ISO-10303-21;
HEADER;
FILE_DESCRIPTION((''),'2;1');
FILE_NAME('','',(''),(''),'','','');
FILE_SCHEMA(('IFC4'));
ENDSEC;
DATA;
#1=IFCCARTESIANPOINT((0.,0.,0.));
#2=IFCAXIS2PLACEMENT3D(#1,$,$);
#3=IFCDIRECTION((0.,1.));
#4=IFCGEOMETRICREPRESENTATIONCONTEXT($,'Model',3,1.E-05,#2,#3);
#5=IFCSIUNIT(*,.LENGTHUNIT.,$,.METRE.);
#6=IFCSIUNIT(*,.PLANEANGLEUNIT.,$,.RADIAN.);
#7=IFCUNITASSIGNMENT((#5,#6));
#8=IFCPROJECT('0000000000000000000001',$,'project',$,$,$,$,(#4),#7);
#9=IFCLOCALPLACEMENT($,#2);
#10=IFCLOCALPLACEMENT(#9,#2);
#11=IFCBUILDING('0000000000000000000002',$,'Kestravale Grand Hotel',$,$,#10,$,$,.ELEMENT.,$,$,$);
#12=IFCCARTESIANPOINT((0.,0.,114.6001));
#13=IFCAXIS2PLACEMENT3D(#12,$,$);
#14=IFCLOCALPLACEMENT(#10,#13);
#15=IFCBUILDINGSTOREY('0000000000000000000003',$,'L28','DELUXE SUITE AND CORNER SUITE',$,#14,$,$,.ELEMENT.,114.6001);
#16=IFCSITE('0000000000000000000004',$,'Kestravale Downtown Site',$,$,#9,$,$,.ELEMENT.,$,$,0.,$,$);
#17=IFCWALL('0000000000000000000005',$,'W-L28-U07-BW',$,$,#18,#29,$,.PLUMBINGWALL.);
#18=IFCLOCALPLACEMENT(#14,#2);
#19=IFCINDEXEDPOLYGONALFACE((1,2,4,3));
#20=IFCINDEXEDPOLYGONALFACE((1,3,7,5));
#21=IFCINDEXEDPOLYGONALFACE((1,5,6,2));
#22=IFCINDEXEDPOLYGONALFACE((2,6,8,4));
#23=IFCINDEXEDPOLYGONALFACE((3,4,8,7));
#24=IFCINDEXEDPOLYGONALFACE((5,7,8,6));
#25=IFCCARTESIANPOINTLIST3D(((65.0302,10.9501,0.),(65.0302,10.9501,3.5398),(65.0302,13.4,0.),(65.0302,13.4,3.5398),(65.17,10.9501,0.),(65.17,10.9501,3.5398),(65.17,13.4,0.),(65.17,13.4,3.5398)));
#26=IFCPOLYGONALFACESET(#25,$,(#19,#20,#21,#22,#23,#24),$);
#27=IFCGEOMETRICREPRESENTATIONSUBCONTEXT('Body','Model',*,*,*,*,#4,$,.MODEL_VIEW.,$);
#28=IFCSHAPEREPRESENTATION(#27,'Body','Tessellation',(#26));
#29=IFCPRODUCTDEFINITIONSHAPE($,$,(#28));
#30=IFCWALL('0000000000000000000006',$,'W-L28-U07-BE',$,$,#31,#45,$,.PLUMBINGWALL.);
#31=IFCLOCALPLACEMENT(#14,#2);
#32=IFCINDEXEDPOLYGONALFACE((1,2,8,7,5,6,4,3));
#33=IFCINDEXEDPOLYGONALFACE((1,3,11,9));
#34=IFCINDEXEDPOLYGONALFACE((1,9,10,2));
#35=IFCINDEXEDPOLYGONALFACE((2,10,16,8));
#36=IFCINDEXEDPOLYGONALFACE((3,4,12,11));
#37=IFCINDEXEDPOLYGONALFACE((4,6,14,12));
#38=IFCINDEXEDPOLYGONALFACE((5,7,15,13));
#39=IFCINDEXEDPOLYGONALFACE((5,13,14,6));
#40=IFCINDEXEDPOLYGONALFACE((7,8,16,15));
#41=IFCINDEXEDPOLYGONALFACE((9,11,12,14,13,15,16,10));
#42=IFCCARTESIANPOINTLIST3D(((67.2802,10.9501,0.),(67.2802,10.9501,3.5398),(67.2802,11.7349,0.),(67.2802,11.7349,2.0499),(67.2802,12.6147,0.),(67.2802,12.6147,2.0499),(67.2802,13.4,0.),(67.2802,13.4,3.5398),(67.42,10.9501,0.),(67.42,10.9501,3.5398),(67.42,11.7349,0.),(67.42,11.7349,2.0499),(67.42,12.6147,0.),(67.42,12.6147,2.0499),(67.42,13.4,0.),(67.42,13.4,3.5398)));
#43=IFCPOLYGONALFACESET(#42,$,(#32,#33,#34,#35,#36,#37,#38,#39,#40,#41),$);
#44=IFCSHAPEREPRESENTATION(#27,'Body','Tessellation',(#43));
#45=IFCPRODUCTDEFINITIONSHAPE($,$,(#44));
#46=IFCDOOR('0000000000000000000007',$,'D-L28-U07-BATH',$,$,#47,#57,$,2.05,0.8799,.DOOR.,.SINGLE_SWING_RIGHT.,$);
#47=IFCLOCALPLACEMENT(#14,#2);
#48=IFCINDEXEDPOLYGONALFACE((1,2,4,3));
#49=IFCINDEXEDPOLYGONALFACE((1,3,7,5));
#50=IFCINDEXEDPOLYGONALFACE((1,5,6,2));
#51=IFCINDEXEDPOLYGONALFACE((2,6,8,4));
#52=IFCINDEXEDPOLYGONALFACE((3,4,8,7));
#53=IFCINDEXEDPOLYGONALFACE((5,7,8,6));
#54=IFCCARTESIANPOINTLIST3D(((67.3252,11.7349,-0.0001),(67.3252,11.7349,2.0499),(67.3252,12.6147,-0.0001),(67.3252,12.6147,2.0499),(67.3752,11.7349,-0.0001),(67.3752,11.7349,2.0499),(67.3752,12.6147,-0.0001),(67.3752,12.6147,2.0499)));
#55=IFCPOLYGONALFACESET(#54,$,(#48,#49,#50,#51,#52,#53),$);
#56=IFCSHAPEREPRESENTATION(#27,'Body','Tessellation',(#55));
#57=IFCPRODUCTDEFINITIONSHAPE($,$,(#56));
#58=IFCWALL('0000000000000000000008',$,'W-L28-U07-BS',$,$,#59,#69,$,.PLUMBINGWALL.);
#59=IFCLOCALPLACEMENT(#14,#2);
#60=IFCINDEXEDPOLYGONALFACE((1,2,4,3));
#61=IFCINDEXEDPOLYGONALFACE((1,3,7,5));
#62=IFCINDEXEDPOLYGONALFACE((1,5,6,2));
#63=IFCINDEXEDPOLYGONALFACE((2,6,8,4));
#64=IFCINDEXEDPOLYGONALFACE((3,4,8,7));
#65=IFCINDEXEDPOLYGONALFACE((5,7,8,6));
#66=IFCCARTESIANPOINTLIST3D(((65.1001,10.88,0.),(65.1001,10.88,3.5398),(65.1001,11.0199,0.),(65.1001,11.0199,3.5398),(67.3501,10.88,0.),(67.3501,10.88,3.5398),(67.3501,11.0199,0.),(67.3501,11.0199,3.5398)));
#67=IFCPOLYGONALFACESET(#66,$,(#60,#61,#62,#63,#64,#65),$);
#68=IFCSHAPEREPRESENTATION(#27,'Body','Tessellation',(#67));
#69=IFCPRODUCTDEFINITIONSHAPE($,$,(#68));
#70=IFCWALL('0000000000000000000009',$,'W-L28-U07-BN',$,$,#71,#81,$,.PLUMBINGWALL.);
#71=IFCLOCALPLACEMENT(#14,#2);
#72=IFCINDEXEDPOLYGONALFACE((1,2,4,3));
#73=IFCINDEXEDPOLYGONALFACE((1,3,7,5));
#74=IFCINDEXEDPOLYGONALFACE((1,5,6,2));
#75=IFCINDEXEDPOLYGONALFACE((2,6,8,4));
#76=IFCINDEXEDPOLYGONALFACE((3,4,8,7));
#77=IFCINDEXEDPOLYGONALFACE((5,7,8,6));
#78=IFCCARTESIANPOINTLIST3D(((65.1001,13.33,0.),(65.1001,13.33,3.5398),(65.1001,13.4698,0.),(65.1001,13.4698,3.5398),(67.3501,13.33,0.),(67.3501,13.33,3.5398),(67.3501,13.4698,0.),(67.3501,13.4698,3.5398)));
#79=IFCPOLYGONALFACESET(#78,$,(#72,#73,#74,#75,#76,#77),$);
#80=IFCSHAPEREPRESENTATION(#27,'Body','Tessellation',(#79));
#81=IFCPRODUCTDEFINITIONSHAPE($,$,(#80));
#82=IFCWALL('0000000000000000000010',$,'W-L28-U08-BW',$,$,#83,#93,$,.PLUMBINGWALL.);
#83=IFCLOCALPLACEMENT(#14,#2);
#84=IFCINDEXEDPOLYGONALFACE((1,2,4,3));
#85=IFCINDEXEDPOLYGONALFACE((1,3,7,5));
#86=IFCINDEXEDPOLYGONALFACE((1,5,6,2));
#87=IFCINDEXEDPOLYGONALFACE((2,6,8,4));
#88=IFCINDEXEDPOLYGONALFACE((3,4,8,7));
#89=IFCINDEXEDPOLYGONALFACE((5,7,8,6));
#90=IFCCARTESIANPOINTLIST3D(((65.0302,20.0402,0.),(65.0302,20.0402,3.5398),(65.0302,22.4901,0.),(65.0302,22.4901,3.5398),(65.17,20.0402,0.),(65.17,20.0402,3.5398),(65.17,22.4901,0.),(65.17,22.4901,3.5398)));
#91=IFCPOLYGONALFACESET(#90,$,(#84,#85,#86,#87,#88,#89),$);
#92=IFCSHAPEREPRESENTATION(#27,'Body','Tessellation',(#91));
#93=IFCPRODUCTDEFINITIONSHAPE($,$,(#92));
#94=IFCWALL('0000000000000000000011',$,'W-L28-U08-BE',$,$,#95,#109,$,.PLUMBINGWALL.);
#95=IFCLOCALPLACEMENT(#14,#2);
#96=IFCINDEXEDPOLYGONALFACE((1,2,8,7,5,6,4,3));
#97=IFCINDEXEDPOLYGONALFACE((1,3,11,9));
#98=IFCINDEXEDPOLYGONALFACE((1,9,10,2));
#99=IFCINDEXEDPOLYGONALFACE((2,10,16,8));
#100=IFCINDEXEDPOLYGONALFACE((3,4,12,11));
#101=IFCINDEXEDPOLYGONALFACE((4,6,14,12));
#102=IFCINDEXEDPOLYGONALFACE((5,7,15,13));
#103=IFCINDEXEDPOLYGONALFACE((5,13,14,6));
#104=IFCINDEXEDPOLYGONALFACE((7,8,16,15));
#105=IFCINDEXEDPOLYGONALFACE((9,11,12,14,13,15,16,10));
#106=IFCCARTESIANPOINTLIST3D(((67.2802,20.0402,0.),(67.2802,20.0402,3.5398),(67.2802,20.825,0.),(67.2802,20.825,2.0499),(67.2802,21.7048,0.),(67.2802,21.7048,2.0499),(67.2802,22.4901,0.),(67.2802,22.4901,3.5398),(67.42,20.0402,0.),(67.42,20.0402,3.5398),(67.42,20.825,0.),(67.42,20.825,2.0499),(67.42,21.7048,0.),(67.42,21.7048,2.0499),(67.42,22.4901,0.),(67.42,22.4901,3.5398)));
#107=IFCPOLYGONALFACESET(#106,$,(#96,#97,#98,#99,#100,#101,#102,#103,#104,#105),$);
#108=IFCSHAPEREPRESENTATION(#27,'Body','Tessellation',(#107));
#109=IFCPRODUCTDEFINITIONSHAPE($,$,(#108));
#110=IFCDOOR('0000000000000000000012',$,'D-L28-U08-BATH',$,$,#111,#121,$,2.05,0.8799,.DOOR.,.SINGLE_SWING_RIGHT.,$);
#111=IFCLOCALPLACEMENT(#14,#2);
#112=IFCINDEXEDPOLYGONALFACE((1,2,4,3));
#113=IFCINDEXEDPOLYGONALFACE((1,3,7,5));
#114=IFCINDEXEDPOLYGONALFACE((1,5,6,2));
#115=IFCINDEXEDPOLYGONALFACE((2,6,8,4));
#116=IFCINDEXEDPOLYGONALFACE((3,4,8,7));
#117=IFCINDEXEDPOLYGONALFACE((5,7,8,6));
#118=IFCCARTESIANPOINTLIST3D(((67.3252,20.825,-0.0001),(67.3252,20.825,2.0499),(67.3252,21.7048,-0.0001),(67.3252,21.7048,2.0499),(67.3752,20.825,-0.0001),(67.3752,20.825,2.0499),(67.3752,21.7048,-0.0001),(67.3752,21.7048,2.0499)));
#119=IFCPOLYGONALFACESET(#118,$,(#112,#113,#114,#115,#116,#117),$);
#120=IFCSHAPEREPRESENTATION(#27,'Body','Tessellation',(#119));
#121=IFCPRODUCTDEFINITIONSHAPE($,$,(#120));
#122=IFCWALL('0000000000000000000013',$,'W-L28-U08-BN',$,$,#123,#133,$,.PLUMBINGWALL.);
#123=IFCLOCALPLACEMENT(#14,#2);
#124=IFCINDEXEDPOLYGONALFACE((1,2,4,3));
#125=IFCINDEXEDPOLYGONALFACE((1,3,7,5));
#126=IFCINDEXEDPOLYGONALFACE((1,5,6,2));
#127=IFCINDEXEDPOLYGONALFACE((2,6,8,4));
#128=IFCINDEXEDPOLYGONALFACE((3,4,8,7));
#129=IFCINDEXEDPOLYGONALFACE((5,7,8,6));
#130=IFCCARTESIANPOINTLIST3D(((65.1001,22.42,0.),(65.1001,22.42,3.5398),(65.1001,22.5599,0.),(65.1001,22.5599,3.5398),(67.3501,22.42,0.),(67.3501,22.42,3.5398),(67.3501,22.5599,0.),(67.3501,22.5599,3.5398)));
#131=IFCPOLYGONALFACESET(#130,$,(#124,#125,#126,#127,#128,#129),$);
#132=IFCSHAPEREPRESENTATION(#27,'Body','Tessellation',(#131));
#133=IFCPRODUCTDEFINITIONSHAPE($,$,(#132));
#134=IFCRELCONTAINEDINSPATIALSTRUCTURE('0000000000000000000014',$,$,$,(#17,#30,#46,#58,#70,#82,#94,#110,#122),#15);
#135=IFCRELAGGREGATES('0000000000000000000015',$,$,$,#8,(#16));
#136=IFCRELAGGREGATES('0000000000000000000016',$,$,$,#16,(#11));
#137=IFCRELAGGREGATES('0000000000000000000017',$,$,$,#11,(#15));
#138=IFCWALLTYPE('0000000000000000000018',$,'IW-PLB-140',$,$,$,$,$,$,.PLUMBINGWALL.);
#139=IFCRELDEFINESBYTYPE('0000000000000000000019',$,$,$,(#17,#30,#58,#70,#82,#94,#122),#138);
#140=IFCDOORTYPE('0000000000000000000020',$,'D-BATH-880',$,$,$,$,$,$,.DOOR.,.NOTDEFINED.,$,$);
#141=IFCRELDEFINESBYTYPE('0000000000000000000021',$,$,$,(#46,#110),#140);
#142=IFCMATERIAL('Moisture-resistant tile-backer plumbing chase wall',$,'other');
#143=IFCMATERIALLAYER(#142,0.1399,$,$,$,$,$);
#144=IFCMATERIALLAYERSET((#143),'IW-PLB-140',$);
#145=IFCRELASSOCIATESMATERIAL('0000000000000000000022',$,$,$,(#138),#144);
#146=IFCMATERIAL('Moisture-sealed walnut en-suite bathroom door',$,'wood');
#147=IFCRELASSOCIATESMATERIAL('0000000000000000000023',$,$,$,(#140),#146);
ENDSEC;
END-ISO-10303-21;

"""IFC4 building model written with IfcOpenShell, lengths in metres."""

from ifc_helpers import new_model, si_unit, direction, frame, frame_2d, origin, place, context, subcontext, project, spatial, rectangle, extrude, material, layer, layer_set, type_object, element, fill, save


model = new_model("IFC4")

# Units and contexts
model_context = context("Model", 3, precision=1e-05, world=origin(), true_north=direction((0.0, 1.0)))
body_context = subcontext(model_context, "Body", "Model", "MODEL_VIEW")
ifc_project = project(units=[si_unit("LENGTHUNIT", "METRE"), si_unit("PLANEANGLEUNIT", "RADIAN")], contexts=[model_context])

# Site, building, storey
site_placement = place(None, origin())
site = spatial("IfcSite", under=ifc_project, at=site_placement, Name="Kestravale Downtown Site", CompositionType="ELEMENT", RefElevation=0.0)
building_placement = place(site_placement, origin())
building = spatial("IfcBuilding", under=site, at=building_placement, Name="Kestravale Grand Hotel", CompositionType="ELEMENT")
storey_placement = place(building_placement, frame((0.0, 0.0, 114.6001)))
storey = spatial("IfcBuildingStorey", under=building, at=storey_placement, Name="L28", Description="DELUXE SUITE AND CORNER SUITE", CompositionType="ELEMENT", Elevation=114.6001)

# Wall
ifc_material_1 = material(Name="Moisture-resistant tile-backer plumbing chase wall", Category="other")
ifc_layer_1 = layer(ifc_material_1, 0.1399)
ifc_layer_set_1 = layer_set([ifc_layer_1], Name="IW-PLB-140")
wall_type_1 = type_object("IfcWallType", Name="IW-PLB-140", PredefinedType="PLUMBINGWALL", material=ifc_layer_set_1)
wall_1_placement = place(storey_placement, frame((65.1001, 10.95, 0.0), z_axis=(0.0, 0.0, 1.0), x_axis=(0.0, 1.0, 0.0)))
element("IfcWall", 1, at=wall_1_placement, inside=storey, type_object=wall_type_1, Name="W-L28-U07-BW", PredefinedType="PLUMBINGWALL", context=body_context, shape_type="SweptSolid", body=[
    extrude(rectangle(XDim=2.45, YDim=0.1399, at=frame_2d((1.2251, 0.0))), origin(), (0.0, 0.0, 1.0), 3.5398),
])

# Wall, opening, door
wall_2_placement = place(storey_placement, frame((67.3501, 10.95, 0.0), z_axis=(0.0, 0.0, 1.0), x_axis=(0.0, 1.0, 0.0)))
wall_2 = element("IfcWall", 2, at=wall_2_placement, inside=storey, type_object=wall_type_1, Name="W-L28-U07-BE", PredefinedType="PLUMBINGWALL", context=body_context, shape_type="SweptSolid", body=[
    extrude(rectangle(XDim=2.45, YDim=0.1399, at=frame_2d((1.2251, 0.0))), origin(), (0.0, 0.0, 1.0), 3.5398),
])
opening_1_placement = place(wall_2_placement, frame((0.7849, 0.0, 0.0)))
opening_1 = element("IfcOpeningElement", 3, at=opening_1_placement, cuts=wall_2, PredefinedType="OPENING", context=body_context, shape_type="SweptSolid", body=[
    extrude(rectangle(XDim=0.8799, YDim=2.05, at=frame_2d((0.4399, 1.0249))), frame((0.0, 0.0798, 0.0), z_axis=(0.0, -1.0, 0.0), x_axis=(1.0, 0.0, 0.0)), (0.0, 0.0, 1.0), 0.1599),
])
ifc_material_2 = material(Name="Moisture-sealed walnut en-suite bathroom door", Category="wood")
door_type = type_object("IfcDoorType", Name="D-BATH-880", OperationType="NOTDEFINED", PredefinedType="DOOR", material=ifc_material_2)
door_1_placement = place(opening_1_placement, origin())
door_1 = element("IfcDoor", 4, at=door_1_placement, inside=storey, type_object=door_type, Name="D-L28-U07-BATH", OperationType="SINGLE_SWING_RIGHT", OverallHeight=2.05, OverallWidth=0.8799, PredefinedType="DOOR", context=body_context, shape_type="SweptSolid", body=[
    extrude(rectangle(XDim=0.8799, YDim=2.05, at=frame_2d((0.4399, 1.0249))), frame((0.0, 0.0249, 0.0), z_axis=(0.0, -1.0, 0.0), x_axis=(1.0, 0.0, 0.0)), (0.0, 0.0, 1.0), 0.05),
])
fill(opening_1, door_1)

# Walls
for number, where, z_axis, x_axis, name in (
    (5, (65.1001, 10.95, 0.0), (0.0, 0.0, 1.0), (1.0, 0.0, 0.0), "W-L28-U07-BS"),
    (6, (65.1001, 13.3999, 0.0), (0.0, 0.0, 1.0), (1.0, 0.0, 0.0), "W-L28-U07-BN"),
):
    element("IfcWall", number, at=place(storey_placement, frame(where, z_axis=z_axis, x_axis=x_axis)), inside=storey, type_object=wall_type_1, Name=name, PredefinedType="PLUMBINGWALL", context=body_context, shape_type="SweptSolid", body=[
        extrude(rectangle(XDim=2.25, YDim=0.1399, at=frame_2d((1.125, 0.0))), origin(), (0.0, 0.0, 1.0), 3.5398),
    ])
wall_3_placement = place(storey_placement, frame((65.1001, 20.04, 0.0), z_axis=(0.0, 0.0, 1.0), x_axis=(0.0, 1.0, 0.0)))
element("IfcWall", 7, at=wall_3_placement, inside=storey, type_object=wall_type_1, Name="W-L28-U08-BW", PredefinedType="PLUMBINGWALL", context=body_context, shape_type="SweptSolid", body=[
    extrude(rectangle(XDim=2.45, YDim=0.1399, at=frame_2d((1.2251, 0.0))), origin(), (0.0, 0.0, 1.0), 3.5398),
])

# Wall, opening, door
wall_4_placement = place(storey_placement, frame((67.3501, 20.04, 0.0), z_axis=(0.0, 0.0, 1.0), x_axis=(0.0, 1.0, 0.0)))
wall_4 = element("IfcWall", 8, at=wall_4_placement, inside=storey, type_object=wall_type_1, Name="W-L28-U08-BE", PredefinedType="PLUMBINGWALL", context=body_context, shape_type="SweptSolid", body=[
    extrude(rectangle(XDim=2.45, YDim=0.1399, at=frame_2d((1.2251, 0.0))), origin(), (0.0, 0.0, 1.0), 3.5398),
])
opening_2_placement = place(wall_4_placement, frame((0.7849, 0.0, 0.0)))
opening_2 = element("IfcOpeningElement", 9, at=opening_2_placement, cuts=wall_4, PredefinedType="OPENING", context=body_context, shape_type="SweptSolid", body=[
    extrude(rectangle(XDim=0.8799, YDim=2.05, at=frame_2d((0.4399, 1.0249))), frame((0.0, 0.0798, 0.0), z_axis=(0.0, -1.0, 0.0), x_axis=(1.0, 0.0, 0.0)), (0.0, 0.0, 1.0), 0.1599),
])
door_2_placement = place(opening_2_placement, origin())
door_2 = element("IfcDoor", 10, at=door_2_placement, inside=storey, type_object=door_type, Name="D-L28-U08-BATH", OperationType="SINGLE_SWING_RIGHT", OverallHeight=2.05, OverallWidth=0.8799, PredefinedType="DOOR", context=body_context, shape_type="SweptSolid", body=[
    extrude(rectangle(XDim=0.8799, YDim=2.05, at=frame_2d((0.4399, 1.0249))), frame((0.0, 0.0249, 0.0), z_axis=(0.0, -1.0, 0.0), x_axis=(1.0, 0.0, 0.0)), (0.0, 0.0, 1.0), 0.05),
])
fill(opening_2, door_2)

# Wall
wall_5_placement = place(storey_placement, frame((65.1001, 22.49, 0.0), z_axis=(0.0, 0.0, 1.0), x_axis=(1.0, 0.0, 0.0)))
element("IfcWall", 11, at=wall_5_placement, inside=storey, type_object=wall_type_1, Name="W-L28-U08-BN", PredefinedType="PLUMBINGWALL", context=body_context, shape_type="SweptSolid", body=[
    extrude(rectangle(XDim=2.25, YDim=0.1399, at=frame_2d((1.125, 0.0))), origin(), (0.0, 0.0, 1.0), 3.5398),
])

save(model, "model.ifc")
